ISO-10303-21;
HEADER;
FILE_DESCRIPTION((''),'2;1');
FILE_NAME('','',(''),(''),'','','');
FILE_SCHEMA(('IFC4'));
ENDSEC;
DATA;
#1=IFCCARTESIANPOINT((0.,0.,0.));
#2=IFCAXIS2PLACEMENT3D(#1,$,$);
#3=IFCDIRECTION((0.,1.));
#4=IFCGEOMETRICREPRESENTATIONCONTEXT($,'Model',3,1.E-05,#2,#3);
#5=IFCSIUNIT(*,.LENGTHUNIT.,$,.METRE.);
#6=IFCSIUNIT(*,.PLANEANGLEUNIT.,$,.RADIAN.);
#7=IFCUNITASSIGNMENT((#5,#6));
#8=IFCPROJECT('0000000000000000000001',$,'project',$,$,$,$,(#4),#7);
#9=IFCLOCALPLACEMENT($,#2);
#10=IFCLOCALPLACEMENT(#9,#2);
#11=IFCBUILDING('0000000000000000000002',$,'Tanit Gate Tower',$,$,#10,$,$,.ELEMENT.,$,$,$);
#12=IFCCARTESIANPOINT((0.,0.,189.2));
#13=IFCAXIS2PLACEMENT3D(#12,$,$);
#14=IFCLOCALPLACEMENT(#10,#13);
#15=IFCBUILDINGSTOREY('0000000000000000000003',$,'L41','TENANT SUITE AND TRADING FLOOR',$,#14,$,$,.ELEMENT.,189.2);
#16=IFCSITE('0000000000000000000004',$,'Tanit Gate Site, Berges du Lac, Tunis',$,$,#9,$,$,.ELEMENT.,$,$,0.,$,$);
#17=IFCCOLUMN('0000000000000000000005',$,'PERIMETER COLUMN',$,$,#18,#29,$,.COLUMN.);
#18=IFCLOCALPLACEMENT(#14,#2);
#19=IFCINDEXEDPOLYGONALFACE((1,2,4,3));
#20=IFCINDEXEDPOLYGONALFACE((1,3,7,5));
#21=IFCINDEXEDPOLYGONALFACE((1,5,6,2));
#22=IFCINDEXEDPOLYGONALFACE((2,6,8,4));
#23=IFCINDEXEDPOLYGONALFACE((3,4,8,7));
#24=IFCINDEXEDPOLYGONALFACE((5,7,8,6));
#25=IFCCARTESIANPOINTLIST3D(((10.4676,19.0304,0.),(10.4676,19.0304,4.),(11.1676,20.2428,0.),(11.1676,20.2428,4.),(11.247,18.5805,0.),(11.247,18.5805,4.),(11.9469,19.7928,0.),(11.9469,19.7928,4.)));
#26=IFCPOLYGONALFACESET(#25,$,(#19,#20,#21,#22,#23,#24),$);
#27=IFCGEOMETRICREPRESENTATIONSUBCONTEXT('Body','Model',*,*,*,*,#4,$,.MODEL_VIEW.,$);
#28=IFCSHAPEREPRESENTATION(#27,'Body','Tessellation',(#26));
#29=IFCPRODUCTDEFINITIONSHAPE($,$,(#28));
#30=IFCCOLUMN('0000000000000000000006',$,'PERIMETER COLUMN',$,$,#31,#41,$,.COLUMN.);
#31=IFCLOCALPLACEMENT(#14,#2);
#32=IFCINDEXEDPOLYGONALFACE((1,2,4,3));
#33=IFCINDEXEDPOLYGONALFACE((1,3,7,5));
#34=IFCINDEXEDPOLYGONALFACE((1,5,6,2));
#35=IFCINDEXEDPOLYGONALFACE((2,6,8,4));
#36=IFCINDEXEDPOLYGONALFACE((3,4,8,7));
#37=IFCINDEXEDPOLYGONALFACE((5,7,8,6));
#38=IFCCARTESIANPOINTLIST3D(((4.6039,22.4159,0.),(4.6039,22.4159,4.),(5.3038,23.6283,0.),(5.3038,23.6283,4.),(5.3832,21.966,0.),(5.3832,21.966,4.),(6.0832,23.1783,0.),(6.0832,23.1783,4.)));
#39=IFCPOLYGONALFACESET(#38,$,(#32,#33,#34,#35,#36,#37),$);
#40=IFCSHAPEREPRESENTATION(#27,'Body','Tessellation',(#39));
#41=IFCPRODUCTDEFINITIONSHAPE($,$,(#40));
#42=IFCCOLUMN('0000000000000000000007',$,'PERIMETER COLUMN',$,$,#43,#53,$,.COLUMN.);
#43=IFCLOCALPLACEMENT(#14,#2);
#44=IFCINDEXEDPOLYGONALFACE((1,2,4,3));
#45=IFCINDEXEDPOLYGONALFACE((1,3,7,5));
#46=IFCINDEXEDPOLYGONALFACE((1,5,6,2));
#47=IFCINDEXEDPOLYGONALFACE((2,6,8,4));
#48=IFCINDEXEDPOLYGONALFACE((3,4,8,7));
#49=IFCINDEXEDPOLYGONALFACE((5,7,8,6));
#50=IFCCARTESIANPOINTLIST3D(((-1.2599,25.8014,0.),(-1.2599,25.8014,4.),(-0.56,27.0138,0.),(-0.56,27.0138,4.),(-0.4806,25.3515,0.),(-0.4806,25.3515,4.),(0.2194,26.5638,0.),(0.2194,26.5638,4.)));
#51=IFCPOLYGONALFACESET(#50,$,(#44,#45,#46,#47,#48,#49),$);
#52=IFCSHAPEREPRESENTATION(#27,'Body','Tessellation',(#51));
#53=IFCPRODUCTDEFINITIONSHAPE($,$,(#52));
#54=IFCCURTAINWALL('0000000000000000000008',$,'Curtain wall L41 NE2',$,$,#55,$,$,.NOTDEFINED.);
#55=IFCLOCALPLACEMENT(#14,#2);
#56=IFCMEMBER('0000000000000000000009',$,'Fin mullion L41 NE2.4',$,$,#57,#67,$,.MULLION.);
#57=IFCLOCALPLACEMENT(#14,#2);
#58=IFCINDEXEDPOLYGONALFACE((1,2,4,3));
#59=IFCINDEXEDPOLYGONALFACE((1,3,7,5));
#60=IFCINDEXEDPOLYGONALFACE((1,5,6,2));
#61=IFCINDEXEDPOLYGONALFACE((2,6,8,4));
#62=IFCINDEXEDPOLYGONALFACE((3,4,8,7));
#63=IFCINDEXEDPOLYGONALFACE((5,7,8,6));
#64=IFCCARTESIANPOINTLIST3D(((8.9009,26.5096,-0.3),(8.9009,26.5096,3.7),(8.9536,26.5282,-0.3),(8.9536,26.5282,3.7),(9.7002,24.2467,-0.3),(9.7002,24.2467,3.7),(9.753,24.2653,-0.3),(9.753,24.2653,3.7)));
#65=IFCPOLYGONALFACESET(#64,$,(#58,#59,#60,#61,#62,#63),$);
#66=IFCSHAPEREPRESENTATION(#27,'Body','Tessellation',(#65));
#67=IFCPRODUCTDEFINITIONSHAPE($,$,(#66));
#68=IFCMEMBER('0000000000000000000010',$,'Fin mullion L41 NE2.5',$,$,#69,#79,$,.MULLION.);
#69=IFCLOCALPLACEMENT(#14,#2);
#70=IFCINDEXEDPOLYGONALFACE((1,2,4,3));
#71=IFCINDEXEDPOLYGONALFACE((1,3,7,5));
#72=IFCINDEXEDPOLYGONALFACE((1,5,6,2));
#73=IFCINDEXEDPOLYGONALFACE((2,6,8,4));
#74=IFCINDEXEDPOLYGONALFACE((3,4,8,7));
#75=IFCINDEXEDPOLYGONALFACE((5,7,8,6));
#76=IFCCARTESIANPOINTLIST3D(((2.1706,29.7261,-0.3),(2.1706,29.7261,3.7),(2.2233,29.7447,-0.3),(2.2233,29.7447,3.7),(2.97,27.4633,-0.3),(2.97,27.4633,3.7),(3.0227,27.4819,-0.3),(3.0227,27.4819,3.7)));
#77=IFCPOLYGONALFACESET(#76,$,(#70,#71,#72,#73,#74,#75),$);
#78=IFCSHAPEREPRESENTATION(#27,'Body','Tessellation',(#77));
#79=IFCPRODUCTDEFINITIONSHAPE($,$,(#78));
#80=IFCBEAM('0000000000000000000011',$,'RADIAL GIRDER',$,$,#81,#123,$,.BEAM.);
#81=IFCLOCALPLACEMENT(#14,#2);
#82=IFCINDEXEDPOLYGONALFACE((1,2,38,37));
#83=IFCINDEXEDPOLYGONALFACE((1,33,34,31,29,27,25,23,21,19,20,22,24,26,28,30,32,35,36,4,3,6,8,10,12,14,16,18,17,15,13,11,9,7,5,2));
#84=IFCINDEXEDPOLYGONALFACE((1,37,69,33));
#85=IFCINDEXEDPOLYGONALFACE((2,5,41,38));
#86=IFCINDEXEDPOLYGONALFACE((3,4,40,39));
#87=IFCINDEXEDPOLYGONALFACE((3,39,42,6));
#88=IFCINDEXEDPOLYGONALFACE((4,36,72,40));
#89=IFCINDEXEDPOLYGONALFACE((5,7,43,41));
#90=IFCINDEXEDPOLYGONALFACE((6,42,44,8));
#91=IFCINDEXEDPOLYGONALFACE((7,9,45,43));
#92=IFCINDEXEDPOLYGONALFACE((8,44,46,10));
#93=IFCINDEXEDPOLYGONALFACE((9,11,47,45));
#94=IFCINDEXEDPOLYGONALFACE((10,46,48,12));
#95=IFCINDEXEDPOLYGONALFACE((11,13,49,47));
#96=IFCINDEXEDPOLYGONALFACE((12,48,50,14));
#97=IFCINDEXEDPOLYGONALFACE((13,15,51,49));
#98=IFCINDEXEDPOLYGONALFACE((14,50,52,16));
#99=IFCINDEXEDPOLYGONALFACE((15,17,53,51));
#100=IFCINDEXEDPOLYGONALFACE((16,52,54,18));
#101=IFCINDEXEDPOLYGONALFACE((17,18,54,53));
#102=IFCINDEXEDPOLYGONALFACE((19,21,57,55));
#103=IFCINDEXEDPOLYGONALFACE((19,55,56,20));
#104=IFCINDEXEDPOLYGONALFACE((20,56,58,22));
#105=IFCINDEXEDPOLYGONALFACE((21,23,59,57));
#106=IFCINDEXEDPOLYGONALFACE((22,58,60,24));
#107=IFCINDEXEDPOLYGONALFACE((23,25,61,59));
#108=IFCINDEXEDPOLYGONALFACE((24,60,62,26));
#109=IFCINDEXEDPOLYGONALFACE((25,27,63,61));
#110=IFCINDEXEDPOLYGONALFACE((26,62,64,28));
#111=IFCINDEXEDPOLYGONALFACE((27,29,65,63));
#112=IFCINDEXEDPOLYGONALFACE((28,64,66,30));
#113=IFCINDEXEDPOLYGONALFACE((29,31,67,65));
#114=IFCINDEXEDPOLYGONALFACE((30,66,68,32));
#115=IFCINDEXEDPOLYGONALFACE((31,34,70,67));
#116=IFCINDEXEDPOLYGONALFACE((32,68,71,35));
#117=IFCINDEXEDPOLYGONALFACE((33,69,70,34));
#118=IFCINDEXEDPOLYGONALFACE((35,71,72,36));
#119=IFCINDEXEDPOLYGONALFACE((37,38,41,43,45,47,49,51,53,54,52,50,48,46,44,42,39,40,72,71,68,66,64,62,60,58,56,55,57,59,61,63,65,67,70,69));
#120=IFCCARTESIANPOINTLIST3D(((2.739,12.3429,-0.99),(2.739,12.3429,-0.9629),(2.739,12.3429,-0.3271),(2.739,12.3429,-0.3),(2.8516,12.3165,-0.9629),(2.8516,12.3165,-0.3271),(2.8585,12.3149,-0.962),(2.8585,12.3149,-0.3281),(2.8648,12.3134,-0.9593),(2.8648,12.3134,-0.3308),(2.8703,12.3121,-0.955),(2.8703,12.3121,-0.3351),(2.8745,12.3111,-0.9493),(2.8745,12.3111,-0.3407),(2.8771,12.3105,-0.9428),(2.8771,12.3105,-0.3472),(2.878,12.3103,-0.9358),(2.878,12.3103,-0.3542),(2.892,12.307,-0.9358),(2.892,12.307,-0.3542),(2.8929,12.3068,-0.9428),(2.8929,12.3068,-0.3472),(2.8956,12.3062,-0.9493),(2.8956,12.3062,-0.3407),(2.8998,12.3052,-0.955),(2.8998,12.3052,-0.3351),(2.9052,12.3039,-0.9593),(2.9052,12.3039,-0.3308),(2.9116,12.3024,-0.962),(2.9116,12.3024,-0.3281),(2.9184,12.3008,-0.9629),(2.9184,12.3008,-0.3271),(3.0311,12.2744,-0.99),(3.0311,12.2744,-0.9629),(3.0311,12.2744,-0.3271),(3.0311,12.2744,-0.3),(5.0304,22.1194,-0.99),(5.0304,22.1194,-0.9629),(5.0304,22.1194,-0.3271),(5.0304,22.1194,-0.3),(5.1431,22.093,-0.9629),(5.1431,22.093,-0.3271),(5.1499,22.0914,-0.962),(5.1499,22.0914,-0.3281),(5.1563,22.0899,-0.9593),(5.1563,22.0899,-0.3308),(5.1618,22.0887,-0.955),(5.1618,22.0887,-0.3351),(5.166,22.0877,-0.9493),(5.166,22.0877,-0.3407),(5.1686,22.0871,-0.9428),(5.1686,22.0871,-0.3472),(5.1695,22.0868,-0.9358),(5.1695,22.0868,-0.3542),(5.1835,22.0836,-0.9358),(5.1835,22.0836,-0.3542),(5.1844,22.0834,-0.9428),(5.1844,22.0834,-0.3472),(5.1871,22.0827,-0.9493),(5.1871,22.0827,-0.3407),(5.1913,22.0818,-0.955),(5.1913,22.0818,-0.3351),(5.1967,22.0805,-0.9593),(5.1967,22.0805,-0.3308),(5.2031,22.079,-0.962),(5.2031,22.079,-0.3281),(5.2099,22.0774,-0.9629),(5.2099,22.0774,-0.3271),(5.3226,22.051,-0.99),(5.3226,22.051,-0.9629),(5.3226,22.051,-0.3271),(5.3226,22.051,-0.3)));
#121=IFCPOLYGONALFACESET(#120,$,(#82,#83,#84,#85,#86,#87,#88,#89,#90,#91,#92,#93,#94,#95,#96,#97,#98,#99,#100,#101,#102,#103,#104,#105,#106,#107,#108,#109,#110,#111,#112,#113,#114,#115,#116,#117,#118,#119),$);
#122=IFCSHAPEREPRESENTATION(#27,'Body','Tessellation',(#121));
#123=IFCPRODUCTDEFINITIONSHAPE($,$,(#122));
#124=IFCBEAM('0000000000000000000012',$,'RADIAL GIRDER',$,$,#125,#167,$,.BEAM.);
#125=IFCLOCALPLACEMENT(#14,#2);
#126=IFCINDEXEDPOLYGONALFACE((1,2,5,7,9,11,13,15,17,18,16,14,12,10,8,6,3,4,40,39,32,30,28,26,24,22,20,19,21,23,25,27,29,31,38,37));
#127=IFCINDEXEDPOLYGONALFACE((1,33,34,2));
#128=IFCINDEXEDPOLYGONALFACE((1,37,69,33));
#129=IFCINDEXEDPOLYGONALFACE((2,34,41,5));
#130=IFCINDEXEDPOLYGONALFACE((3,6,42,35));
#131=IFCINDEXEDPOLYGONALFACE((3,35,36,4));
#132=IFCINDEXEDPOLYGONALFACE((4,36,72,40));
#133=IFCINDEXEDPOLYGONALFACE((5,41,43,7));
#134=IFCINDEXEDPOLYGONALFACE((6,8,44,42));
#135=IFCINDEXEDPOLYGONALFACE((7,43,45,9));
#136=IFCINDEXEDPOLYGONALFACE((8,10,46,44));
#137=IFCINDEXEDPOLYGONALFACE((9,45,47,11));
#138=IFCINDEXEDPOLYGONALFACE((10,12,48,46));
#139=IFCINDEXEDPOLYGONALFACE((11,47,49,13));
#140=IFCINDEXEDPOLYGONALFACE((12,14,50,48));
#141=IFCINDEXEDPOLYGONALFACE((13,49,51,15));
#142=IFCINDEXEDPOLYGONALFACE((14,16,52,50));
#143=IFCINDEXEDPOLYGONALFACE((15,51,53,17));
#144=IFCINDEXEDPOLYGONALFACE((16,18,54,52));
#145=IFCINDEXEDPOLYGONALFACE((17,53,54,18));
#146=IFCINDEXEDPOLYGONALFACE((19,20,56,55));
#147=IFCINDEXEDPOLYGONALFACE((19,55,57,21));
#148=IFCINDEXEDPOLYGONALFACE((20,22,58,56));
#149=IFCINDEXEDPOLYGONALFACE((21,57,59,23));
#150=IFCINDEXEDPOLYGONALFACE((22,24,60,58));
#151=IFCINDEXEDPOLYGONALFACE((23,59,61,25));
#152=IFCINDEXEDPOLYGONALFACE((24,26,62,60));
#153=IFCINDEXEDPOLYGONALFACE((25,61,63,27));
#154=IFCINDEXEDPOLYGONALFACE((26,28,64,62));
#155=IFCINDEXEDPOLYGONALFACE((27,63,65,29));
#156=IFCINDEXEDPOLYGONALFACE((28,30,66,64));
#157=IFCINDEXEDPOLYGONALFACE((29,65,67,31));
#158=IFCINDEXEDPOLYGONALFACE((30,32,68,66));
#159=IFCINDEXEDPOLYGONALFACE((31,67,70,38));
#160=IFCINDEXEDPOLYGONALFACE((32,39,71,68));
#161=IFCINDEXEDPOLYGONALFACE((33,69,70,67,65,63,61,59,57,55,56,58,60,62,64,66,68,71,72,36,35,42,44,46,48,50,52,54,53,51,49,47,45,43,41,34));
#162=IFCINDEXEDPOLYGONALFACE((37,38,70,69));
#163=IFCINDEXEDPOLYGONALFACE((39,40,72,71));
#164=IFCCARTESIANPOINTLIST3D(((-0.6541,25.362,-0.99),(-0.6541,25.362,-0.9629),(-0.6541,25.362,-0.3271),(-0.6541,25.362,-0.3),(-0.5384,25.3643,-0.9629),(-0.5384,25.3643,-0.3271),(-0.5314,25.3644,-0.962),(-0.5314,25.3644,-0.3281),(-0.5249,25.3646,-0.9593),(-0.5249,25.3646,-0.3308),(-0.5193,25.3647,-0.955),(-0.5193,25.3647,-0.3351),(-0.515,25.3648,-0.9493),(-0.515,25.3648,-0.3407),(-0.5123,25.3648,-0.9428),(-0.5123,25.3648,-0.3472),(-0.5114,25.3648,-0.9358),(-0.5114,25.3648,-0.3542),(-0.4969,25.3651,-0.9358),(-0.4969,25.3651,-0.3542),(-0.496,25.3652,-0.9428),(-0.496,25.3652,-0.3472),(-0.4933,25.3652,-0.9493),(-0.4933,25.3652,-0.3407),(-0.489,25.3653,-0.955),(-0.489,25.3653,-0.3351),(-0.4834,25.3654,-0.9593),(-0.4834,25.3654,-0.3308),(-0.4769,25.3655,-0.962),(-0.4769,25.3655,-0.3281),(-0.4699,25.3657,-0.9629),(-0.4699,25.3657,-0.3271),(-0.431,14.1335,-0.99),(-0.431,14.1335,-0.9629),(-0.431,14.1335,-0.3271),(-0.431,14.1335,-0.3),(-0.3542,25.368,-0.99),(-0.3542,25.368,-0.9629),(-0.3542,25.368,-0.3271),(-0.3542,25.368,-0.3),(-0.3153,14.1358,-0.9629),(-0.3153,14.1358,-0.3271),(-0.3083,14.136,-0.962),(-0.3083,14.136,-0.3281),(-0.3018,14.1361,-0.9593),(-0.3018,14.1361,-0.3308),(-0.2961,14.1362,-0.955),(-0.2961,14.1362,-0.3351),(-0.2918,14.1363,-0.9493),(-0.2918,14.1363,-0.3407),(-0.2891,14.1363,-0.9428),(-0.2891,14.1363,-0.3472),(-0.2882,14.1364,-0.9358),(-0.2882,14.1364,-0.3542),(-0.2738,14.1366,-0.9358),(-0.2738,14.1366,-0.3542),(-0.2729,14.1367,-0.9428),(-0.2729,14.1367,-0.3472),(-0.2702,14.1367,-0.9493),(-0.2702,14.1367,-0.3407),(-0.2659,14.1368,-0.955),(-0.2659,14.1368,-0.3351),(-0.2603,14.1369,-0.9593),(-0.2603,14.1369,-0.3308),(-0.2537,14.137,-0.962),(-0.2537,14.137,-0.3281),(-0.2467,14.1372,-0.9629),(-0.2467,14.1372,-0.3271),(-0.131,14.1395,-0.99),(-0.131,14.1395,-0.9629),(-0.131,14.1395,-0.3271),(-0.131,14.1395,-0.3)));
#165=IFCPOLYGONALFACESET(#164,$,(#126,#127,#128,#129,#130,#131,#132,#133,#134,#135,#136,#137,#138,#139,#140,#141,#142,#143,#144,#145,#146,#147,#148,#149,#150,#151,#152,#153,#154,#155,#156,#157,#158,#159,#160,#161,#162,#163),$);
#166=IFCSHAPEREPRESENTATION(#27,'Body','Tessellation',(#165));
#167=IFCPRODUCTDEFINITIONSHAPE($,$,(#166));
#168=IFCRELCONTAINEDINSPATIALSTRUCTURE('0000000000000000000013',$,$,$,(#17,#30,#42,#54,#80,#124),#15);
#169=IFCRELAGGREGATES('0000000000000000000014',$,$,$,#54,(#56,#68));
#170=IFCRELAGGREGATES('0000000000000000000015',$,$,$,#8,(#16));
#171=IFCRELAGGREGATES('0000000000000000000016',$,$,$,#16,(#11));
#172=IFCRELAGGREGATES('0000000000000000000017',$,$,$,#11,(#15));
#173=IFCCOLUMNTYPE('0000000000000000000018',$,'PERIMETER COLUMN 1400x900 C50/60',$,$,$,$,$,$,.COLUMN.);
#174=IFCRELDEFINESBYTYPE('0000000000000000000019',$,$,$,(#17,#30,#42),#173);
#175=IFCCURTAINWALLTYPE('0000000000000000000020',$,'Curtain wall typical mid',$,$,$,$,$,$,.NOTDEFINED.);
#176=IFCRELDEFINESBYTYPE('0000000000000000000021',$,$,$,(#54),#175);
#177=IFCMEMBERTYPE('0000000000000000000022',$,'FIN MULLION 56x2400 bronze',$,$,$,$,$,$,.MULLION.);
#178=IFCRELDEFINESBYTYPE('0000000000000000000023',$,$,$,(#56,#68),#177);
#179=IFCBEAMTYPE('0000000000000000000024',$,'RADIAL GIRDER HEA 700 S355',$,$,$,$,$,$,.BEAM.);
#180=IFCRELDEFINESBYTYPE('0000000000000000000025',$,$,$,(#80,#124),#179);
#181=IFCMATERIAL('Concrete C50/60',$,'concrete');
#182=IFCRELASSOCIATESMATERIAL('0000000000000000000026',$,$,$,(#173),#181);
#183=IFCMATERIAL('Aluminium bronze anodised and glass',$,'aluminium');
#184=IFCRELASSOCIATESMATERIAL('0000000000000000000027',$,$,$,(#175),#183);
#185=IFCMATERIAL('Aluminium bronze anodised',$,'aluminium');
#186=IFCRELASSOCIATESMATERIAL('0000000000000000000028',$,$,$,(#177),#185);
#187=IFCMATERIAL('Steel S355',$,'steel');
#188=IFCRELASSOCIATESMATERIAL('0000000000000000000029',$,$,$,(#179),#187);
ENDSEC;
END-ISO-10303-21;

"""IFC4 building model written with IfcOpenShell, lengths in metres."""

from ifc_helpers import new_model, si_unit, direction, frame, origin, origin_2d, place, context, subcontext, project, spatial, rectangle, i_section, extrude, material, material_profile, profile_set, type_object, element, aggregate, save


model = new_model("IFC4")

# Units and contexts
model_context = context("Model", 3, precision=1e-05, world=origin(), true_north=direction((0.0, 1.0)))
body_context = subcontext(model_context, "Body", "Model", "MODEL_VIEW")
ifc_project = project(units=[si_unit("LENGTHUNIT", "METRE"), si_unit("PLANEANGLEUNIT", "RADIAN")], contexts=[model_context])

# Site, building, storey
site_placement = place(None, origin())
site = spatial("IfcSite", under=ifc_project, at=site_placement, Name="Tanit Gate Site, Berges du Lac, Tunis", CompositionType="ELEMENT", RefElevation=0.0)
building_placement = place(site_placement, origin())
building = spatial("IfcBuilding", under=site, at=building_placement, Name="Tanit Gate Tower", CompositionType="ELEMENT")
storey_placement = place(building_placement, frame((0.0, 0.0, 189.2)))
storey = spatial("IfcBuildingStorey", under=building, at=storey_placement, Name="L41", Description="TENANT SUITE AND TRADING FLOOR", CompositionType="ELEMENT", Elevation=189.2)

# Columns
ifc_material_1 = material(Name="Concrete C50/60", Category="concrete")
ifc_material_profile_1 = material_profile(ifc_material_1, rectangle(XDim=1.3999, YDim=0.8999, at=origin_2d()), Name="RC 1400x900")
ifc_profile_set_1 = profile_set([ifc_material_profile_1], Name="Concrete C50/60")
column_type = type_object("IfcColumnType", Name="PERIMETER COLUMN 1400x900 C50/60", PredefinedType="COLUMN", material=ifc_profile_set_1)
for number, where, z_axis, x_axis, name in (
    (1, (11.2073, 19.4116, 0.0), (0.0, 0.0, 1.0), (0.5, 0.866025, 0.0), "PERIMETER COLUMN"),
    (2, (5.3435, 22.7971, 0.0), (0.0, 0.0, 1.0), (0.5, 0.866025, 0.0), "PERIMETER COLUMN"),
    (3, (-0.5203, 26.1826, 0.0), (0.0, 0.0, 1.0), (0.5, 0.866025, 0.0), "PERIMETER COLUMN"),
):
    element("IfcColumn", number, at=place(storey_placement, frame(where, z_axis=z_axis, x_axis=x_axis)), inside=storey, type_object=column_type, Name=name, PredefinedType="COLUMN", context=body_context, shape_type="SweptSolid", body=[
        extrude(rectangle(XDim=1.3999, YDim=0.8999, at=origin_2d()), origin(), (0.0, 0.0, 1.0), 4.0),
    ])

# Curtain wall, members
ifc_material_2 = material(Name="Aluminium bronze anodised and glass", Category="aluminium")
curtain_wall_type = type_object("IfcCurtainWallType", Name="Curtain wall typical mid", PredefinedType="NOTDEFINED", material=ifc_material_2)
curtain_wall_placement = place(storey_placement, origin())
curtain_wall = element("IfcCurtainWall", 4, at=curtain_wall_placement, inside=storey, type_object=curtain_wall_type, Name="Curtain wall L41 NE2", PredefinedType="NOTDEFINED")
ifc_material_3 = material(Name="Aluminium bronze anodised", Category="aluminium")
ifc_material_profile_2 = material_profile(ifc_material_3, rectangle(XDim=2.3999, YDim=0.0559, at=origin_2d()), Name="56x2400 bronze fin mullion")
ifc_profile_set_2 = profile_set([ifc_material_profile_2], Name="Aluminium bronze anodised")
member_type_1 = type_object("IfcMemberType", Name="FIN MULLION 56x2400 bronze", PredefinedType="MULLION", material=ifc_profile_set_2)
member_1_placement = place(storey_placement, frame((9.3269, 25.3875, -0.3), z_axis=(0.0, 0.0, 1.0), x_axis=(0.33309, -0.942895, 0.0)))
member_1 = element("IfcMember", 5, at=member_1_placement, type_object=member_type_1, Name="Fin mullion L41 NE2.4", PredefinedType="MULLION", context=body_context, shape_type="SweptSolid", body=[
    extrude(rectangle(XDim=2.3999, YDim=0.0559, at=origin_2d()), origin(), (0.0, 0.0, 1.0), 4.0),
])
member_2_placement = place(storey_placement, frame((2.5967, 28.604, -0.3), z_axis=(0.0, 0.0, 1.0), x_axis=(0.33309, -0.942895, 0.0)))
member_2 = element("IfcMember", 6, at=member_2_placement, type_object=member_type_1, Name="Fin mullion L41 NE2.5", PredefinedType="MULLION", context=body_context, shape_type="SweptSolid", body=[
    extrude(rectangle(XDim=2.3999, YDim=0.0559, at=origin_2d()), origin(), (0.0, 0.0, 1.0), 4.0),
])

# Beams
ifc_material_4 = material(Name="Steel S355", Category="steel")
ifc_material_profile_3 = material_profile(ifc_material_4, i_section(OverallWidth=0.3, OverallDepth=0.6899, WebThickness=0.0144, FlangeThickness=0.0271, FilletRadius=0.0271, at=origin_2d()), Name="HEA 700")
ifc_profile_set_3 = profile_set([ifc_material_profile_3], Name="Steel S355")
beam_type_1 = type_object("IfcBeamType", Name="RADIAL GIRDER HEA 700 S355", PredefinedType="BEAM", material=ifc_profile_set_3)
beam_1_placement = place(storey_placement, frame((5.1765, 22.0852, -0.645), z_axis=(-0.228202, -0.973614, 0.0), x_axis=(0.973614, -0.228202, 0.0)))
element("IfcBeam", 7, at=beam_1_placement, inside=storey, type_object=beam_type_1, Name="RADIAL GIRDER", PredefinedType="BEAM", context=body_context, shape_type="SweptSolid", body=[
    extrude(i_section(OverallWidth=0.3, OverallDepth=0.6899, WebThickness=0.0144, FlangeThickness=0.0271, FilletRadius=0.0271, at=origin_2d()), origin(), (0.0, 0.0, 1.0), 10.0415),
])
beam_2_placement = place(storey_placement, frame((-0.5042, 25.365, -0.645), z_axis=(0.019869, -0.999803, 0.0), x_axis=(0.999803, 0.019869, 0.0)))
element("IfcBeam", 8, at=beam_2_placement, inside=storey, type_object=beam_type_1, Name="RADIAL GIRDER", PredefinedType="BEAM", context=body_context, shape_type="SweptSolid", body=[
    extrude(i_section(OverallWidth=0.3, OverallDepth=0.6899, WebThickness=0.0144, FlangeThickness=0.0271, FilletRadius=0.0271, at=origin_2d()), origin(), (0.0, 0.0, 1.0), 11.2307),
])

aggregate(curtain_wall, [member_1, member_2])

save(model, "model.ifc")
